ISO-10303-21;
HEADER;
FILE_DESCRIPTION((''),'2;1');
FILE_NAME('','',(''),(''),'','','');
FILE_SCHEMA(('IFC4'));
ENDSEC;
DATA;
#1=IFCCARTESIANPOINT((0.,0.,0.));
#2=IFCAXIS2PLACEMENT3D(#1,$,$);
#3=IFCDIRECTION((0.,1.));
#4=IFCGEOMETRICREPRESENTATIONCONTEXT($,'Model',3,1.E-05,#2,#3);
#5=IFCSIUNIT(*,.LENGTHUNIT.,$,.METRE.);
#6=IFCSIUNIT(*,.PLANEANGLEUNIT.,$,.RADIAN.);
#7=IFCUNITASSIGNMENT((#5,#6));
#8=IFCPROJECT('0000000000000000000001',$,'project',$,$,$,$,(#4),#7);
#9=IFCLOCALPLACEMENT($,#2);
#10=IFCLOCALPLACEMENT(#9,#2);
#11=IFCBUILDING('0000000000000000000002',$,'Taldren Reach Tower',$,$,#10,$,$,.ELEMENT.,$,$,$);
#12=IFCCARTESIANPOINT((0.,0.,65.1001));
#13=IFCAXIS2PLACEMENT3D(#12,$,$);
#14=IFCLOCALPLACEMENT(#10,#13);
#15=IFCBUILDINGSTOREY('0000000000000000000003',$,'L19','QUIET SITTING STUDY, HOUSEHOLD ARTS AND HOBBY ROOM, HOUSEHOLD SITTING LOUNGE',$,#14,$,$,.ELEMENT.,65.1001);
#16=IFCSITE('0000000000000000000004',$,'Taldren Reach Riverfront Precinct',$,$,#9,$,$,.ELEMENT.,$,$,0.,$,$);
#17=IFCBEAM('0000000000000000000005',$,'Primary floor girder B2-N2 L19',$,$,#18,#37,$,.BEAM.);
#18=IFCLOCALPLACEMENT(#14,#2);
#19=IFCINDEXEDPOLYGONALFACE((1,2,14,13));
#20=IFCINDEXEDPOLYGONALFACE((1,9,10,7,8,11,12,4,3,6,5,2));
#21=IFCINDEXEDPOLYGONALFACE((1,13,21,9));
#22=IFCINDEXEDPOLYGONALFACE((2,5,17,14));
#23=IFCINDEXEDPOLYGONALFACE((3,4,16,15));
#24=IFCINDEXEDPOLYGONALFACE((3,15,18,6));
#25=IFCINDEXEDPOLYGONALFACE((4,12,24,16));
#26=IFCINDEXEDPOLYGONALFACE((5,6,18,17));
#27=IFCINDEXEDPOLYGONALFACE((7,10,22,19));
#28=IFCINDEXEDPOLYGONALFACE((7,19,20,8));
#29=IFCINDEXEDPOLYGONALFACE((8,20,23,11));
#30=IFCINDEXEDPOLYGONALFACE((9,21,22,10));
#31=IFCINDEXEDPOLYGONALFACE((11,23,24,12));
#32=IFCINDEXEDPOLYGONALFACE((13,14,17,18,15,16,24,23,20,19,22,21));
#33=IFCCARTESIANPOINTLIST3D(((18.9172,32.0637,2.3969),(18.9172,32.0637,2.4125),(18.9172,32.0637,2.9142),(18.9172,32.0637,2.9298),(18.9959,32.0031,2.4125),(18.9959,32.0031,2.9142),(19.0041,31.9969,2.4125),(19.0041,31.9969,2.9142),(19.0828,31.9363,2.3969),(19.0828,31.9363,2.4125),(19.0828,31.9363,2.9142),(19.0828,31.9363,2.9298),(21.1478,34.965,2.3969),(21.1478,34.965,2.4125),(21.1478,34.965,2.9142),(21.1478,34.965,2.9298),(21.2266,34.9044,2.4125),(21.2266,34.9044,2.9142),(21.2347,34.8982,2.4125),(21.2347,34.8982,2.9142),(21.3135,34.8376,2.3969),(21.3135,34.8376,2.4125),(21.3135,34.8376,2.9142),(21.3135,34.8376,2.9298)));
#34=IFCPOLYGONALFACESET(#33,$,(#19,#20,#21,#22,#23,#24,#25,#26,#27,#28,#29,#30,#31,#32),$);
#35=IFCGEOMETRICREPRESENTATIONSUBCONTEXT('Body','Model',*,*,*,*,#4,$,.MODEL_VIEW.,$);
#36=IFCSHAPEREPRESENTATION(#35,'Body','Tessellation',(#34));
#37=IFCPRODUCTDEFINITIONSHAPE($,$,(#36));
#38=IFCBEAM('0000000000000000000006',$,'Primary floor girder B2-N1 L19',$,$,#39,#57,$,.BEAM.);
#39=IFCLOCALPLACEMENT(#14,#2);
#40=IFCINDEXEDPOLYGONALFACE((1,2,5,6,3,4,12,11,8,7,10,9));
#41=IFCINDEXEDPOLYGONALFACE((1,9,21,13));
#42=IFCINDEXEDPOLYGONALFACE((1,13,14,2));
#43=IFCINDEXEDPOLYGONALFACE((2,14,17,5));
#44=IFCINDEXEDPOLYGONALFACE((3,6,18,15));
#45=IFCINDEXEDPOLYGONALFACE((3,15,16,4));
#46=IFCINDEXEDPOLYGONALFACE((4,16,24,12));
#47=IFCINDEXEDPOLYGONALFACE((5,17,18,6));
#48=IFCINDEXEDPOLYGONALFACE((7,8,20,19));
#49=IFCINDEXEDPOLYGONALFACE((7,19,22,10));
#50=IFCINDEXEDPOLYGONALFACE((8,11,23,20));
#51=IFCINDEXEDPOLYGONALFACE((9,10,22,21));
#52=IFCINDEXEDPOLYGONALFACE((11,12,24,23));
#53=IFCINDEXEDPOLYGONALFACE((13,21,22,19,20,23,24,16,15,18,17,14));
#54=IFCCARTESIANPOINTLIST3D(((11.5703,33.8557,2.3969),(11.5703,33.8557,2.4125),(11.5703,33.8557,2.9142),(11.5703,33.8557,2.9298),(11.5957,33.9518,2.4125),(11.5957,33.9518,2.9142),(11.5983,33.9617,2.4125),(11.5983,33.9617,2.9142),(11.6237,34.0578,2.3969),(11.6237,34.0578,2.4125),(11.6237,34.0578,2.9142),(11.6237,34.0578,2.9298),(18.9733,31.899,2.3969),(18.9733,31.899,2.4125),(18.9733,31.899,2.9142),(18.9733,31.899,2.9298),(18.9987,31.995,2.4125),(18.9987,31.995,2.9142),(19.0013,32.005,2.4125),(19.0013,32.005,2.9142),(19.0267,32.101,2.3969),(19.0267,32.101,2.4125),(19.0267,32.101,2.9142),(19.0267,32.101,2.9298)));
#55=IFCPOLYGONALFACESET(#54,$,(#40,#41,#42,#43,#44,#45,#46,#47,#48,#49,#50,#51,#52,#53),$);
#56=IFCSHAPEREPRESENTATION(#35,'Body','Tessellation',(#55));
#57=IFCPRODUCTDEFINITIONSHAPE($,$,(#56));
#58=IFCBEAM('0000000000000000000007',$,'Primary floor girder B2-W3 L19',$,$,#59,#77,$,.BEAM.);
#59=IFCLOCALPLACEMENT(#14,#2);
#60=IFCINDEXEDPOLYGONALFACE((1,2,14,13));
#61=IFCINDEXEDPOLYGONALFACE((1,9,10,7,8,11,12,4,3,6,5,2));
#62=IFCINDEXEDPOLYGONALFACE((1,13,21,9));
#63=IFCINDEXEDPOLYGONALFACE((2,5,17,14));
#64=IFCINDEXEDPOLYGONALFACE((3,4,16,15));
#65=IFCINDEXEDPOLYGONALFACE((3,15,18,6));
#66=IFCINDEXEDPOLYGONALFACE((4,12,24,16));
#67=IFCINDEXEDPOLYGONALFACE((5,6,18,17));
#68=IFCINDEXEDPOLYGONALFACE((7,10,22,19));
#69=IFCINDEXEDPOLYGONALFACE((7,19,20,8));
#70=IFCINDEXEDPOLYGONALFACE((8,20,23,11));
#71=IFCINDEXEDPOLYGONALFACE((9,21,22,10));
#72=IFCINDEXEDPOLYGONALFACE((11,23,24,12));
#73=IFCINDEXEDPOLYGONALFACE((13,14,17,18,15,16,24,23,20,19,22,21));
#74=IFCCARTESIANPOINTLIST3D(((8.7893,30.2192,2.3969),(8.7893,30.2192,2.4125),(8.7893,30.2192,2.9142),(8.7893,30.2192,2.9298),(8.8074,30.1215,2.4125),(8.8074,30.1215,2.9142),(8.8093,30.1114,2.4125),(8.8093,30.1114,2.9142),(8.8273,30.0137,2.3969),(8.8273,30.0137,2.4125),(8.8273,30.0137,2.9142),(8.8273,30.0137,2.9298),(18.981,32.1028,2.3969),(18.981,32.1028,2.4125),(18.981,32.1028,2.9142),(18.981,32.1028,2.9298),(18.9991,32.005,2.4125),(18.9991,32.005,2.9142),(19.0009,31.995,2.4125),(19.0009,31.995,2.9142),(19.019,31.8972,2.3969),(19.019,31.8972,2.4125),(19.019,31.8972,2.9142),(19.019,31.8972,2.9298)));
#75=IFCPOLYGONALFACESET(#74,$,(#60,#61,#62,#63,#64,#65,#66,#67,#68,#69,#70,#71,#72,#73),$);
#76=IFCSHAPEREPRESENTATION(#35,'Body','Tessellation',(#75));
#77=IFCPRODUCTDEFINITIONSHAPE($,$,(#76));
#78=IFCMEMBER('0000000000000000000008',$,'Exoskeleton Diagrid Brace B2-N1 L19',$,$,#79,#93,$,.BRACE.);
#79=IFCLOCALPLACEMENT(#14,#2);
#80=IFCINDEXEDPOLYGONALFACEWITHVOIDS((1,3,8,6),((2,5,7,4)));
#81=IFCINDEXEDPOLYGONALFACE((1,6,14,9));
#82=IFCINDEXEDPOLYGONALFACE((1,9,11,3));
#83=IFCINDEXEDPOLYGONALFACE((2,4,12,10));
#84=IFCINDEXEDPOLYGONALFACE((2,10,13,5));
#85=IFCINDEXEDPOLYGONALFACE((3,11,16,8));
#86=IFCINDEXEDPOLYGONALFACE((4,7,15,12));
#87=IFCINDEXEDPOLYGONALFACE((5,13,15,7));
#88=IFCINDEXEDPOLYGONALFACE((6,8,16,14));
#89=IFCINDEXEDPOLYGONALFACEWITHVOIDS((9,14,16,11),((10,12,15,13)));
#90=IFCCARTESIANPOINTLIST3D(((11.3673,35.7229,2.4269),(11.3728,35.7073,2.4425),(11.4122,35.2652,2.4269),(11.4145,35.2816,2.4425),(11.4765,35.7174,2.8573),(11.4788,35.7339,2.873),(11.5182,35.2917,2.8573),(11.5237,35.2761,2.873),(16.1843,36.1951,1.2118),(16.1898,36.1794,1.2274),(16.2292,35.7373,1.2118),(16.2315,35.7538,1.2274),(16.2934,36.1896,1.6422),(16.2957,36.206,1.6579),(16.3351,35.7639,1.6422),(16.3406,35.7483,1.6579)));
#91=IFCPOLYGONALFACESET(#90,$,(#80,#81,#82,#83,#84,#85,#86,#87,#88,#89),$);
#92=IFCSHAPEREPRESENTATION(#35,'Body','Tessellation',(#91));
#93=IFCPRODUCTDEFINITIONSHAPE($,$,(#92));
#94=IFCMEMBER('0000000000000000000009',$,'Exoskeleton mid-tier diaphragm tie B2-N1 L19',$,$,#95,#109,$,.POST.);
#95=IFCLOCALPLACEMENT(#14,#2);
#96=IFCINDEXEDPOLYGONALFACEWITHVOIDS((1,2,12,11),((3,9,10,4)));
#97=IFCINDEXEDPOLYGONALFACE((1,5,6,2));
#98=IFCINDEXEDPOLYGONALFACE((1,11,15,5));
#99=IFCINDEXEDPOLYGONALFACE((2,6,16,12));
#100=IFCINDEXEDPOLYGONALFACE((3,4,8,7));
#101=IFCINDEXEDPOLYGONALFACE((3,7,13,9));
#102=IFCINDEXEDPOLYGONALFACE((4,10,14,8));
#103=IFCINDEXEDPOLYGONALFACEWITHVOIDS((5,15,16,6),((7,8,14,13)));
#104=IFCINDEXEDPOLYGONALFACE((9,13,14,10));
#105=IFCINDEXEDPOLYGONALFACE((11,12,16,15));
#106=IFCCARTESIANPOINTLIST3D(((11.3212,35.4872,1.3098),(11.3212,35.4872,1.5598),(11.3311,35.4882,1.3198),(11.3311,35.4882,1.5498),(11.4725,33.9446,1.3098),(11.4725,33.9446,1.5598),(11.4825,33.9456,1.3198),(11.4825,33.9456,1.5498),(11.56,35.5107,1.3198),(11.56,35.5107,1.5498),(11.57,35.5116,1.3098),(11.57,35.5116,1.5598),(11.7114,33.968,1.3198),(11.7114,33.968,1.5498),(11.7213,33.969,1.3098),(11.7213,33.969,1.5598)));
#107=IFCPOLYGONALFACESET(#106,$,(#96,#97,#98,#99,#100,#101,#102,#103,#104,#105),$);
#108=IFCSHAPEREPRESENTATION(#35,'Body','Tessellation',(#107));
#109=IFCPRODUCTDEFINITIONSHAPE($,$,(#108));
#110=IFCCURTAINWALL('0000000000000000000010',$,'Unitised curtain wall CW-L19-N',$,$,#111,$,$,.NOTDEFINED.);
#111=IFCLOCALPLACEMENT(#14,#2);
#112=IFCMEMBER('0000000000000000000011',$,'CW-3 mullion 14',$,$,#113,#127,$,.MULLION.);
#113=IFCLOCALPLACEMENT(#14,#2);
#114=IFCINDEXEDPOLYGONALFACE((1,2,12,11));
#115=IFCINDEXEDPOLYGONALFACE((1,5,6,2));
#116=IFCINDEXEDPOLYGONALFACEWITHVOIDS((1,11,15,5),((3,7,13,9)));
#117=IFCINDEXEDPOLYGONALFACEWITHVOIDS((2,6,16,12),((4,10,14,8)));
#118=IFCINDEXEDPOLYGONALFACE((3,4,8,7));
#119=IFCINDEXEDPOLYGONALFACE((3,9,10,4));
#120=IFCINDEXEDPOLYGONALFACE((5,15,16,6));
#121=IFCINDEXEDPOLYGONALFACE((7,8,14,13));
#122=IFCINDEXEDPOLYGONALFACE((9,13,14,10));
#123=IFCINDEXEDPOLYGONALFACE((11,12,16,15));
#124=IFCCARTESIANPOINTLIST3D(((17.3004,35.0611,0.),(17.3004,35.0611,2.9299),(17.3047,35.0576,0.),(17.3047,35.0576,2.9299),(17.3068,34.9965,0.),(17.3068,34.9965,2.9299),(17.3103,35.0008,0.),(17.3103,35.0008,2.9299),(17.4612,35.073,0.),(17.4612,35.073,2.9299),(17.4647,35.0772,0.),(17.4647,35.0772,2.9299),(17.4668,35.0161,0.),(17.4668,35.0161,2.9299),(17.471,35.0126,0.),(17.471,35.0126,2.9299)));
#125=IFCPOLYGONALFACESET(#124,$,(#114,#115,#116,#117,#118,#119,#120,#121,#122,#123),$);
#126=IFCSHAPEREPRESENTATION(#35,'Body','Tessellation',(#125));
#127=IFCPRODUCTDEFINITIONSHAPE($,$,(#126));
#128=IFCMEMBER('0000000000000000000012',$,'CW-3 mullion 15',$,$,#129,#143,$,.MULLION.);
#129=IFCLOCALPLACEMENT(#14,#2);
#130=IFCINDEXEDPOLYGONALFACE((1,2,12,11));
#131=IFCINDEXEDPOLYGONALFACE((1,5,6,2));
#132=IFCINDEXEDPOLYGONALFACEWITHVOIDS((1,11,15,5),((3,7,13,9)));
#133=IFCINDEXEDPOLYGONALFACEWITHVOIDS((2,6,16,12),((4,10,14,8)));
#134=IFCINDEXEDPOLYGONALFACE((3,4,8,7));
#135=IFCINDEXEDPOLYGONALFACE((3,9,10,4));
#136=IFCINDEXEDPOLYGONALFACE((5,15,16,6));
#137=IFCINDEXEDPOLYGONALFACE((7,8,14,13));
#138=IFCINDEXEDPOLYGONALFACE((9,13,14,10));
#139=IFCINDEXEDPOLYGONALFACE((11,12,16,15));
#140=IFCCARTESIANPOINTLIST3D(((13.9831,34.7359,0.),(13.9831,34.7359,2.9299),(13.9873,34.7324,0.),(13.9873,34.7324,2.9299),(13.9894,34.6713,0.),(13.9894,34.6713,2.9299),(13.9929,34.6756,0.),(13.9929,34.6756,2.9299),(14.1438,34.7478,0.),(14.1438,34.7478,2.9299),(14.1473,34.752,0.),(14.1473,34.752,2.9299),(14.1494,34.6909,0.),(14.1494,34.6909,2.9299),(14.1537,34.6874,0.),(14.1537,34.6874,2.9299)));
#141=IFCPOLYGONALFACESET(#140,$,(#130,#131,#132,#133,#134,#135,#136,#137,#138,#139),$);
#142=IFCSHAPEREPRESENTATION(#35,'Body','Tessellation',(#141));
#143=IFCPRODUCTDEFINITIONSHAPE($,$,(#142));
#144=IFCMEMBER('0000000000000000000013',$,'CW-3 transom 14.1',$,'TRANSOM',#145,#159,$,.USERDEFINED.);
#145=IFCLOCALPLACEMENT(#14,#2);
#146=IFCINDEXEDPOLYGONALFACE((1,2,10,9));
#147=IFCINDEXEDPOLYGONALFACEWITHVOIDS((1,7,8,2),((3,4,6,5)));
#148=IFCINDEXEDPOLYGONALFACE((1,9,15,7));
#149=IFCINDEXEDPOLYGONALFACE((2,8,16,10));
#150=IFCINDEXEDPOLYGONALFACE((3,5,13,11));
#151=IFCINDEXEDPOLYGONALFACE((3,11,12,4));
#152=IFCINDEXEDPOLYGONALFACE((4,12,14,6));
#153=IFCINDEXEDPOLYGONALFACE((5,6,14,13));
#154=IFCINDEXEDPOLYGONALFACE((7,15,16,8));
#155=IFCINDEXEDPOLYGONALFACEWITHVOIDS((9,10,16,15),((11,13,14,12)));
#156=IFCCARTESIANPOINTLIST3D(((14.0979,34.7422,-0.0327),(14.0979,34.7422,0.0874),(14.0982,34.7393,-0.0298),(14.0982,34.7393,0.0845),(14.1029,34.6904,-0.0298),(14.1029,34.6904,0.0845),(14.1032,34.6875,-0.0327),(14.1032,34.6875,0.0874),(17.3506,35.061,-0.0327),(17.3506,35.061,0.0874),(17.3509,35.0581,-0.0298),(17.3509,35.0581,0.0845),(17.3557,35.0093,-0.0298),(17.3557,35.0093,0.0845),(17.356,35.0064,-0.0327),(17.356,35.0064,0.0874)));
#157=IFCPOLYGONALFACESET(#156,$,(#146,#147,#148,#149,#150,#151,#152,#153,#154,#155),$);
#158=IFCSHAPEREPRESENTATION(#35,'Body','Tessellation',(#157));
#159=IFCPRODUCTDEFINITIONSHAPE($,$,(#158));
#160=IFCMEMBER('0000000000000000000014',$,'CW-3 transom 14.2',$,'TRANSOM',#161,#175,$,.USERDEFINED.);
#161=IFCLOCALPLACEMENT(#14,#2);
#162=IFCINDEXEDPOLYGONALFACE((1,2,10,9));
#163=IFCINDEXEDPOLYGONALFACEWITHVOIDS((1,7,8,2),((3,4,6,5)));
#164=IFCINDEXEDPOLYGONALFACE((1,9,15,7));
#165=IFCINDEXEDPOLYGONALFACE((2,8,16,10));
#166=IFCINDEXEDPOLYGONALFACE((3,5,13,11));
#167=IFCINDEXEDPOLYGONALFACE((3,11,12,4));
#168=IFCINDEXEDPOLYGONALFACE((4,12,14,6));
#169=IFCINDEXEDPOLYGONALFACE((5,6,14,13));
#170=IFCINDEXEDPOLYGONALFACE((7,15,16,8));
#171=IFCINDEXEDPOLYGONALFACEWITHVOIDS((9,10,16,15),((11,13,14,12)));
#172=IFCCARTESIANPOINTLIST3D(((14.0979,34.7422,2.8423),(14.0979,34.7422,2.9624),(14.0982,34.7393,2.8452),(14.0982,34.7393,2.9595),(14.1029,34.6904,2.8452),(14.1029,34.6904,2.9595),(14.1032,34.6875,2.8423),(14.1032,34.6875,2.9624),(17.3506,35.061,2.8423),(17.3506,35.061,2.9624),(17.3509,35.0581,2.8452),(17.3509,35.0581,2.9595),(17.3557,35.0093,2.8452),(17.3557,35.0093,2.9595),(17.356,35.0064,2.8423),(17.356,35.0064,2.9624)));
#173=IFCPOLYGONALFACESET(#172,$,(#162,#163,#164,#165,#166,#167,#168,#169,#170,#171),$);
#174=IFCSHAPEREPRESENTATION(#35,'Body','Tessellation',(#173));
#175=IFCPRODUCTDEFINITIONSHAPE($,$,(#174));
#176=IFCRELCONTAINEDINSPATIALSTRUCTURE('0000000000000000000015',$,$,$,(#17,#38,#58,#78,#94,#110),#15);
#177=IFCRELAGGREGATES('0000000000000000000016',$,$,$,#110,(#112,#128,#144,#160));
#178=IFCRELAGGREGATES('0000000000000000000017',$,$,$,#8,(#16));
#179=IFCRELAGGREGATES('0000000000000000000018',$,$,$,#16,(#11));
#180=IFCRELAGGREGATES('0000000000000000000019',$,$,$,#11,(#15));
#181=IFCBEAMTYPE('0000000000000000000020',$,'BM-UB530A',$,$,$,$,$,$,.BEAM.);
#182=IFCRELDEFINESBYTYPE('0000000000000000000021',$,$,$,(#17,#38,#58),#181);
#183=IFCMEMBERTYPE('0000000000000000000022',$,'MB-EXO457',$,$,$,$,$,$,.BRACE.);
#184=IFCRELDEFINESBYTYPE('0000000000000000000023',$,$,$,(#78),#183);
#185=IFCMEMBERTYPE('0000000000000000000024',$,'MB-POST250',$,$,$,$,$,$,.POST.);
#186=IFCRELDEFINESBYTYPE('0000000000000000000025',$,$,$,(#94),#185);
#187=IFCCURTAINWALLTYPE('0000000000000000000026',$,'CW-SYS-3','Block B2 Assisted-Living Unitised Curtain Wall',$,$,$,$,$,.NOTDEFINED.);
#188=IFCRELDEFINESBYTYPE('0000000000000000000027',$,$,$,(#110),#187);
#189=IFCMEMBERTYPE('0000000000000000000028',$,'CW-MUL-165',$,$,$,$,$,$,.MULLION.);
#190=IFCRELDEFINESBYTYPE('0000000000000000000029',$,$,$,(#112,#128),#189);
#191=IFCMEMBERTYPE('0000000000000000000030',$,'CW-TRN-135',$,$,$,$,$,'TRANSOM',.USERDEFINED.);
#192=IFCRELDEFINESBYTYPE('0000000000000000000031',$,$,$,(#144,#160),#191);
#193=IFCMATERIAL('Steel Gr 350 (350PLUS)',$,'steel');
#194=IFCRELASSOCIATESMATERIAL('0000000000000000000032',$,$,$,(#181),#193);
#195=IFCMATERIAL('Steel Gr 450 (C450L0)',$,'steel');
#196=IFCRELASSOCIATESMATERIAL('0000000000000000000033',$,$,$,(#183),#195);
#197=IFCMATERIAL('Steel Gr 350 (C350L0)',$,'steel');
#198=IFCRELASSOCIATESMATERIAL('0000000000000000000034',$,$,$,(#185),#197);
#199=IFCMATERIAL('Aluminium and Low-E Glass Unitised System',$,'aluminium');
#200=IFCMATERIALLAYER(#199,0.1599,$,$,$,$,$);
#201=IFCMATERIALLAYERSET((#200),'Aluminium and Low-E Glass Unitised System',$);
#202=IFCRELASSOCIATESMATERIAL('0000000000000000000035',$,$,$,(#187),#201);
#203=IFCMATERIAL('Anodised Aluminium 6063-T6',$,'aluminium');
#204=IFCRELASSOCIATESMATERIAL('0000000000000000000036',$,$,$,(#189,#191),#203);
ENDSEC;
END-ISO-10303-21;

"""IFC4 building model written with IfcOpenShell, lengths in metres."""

from ifc_helpers import new_model, si_unit, direction, frame, origin, origin_2d, place, context, subcontext, project, spatial, hollow_rectangle, i_section, extrude, source, transform, mapped, material, layer, layer_set, material_profile, profile_set, type_object, element, aggregate, save


model = new_model("IFC4")

# Units and contexts
model_context = context("Model", 3, precision=1e-05, world=origin(), true_north=direction((0.0, 1.0)))
body_context = subcontext(model_context, "Body", "Model", "MODEL_VIEW")
ifc_project = project(units=[si_unit("LENGTHUNIT", "METRE"), si_unit("PLANEANGLEUNIT", "RADIAN")], contexts=[model_context])

# Site, building, storey
site_placement = place(None, origin())
site = spatial("IfcSite", under=ifc_project, at=site_placement, Name="Taldren Reach Riverfront Precinct", CompositionType="ELEMENT", RefElevation=0.0)
building_placement = place(site_placement, origin())
building = spatial("IfcBuilding", under=site, at=building_placement, Name="Taldren Reach Tower", CompositionType="ELEMENT")
storey_placement = place(building_placement, frame((0.0, 0.0, 65.1001)))
storey = spatial("IfcBuildingStorey", under=building, at=storey_placement, Name="L19", Description="QUIET SITTING STUDY, HOUSEHOLD ARTS AND HOBBY ROOM, HOUSEHOLD SITTING LOUNGE", CompositionType="ELEMENT", Elevation=65.1001)

# Beams
ifc_material_1 = material(Name="Steel Gr 350 (350PLUS)", Category="steel")
ifc_material_profile_1 = material_profile(ifc_material_1, i_section(OverallWidth=0.209, OverallDepth=0.533, WebThickness=0.0103, FlangeThickness=0.0156, at=origin_2d()), Name="530UB92.4")
ifc_profile_set_1 = profile_set([ifc_material_profile_1], Name="Steel Gr 350 (350PLUS)")
beam_type = type_object("IfcBeamType", Name="BM-UB530A", PredefinedType="BEAM", material=ifc_profile_set_1)
shared_shape_1 = source(origin(), body_context, "Body", "SweptSolid", [
    extrude(i_section(OverallWidth=0.209, OverallDepth=0.533, WebThickness=0.0103, FlangeThickness=0.0156, at=origin_2d()), origin(), (0.0, 0.0, 1.0), 3.6597),
])
beam_1_placement = place(storey_placement, frame((19.0, 32.0, 2.6633), z_axis=(0.609521, 0.79277, 0.0), x_axis=(-0.79277, 0.609521, 0.0)))
element("IfcBeam", 1, at=beam_1_placement, inside=storey, type_object=beam_type, Name="Primary floor girder B2-N2 L19", PredefinedType="BEAM", context=body_context, shape_type="MappedRepresentation", body=[
    mapped(shared_shape_1, transform((0.0, 0.0, 0.0), scale=1.0)),
])
shared_shape_2 = source(origin(), body_context, "Body", "SweptSolid", [
    extrude(i_section(OverallWidth=0.209, OverallDepth=0.533, WebThickness=0.0103, FlangeThickness=0.0156, at=origin_2d()), origin(), (0.0, 0.0, 1.0), 7.6572),
])
beam_2_placement = place(storey_placement, frame((19.0, 32.0, 2.6633), z_axis=(-0.966797, 0.255545, 0.0), x_axis=(-0.255545, -0.966797, 0.0)))
element("IfcBeam", 2, at=beam_2_placement, inside=storey, type_object=beam_type, Name="Primary floor girder B2-N1 L19", PredefinedType="BEAM", context=body_context, shape_type="MappedRepresentation", body=[
    mapped(shared_shape_2, transform((0.0, 0.0, 0.0), scale=1.0)),
])
shared_shape_3 = source(origin(), body_context, "Body", "SweptSolid", [
    extrude(i_section(OverallWidth=0.209, OverallDepth=0.533, WebThickness=0.0103, FlangeThickness=0.0156, at=origin_2d()), origin(), (0.0, 0.0, 1.0), 10.3643),
])
beam_3_placement = place(storey_placement, frame((19.0, 32.0, 2.6633), z_axis=(-0.983348, -0.181735, 0.0), x_axis=(0.181735, -0.983348, 0.0)))
element("IfcBeam", 3, at=beam_3_placement, inside=storey, type_object=beam_type, Name="Primary floor girder B2-W3 L19", PredefinedType="BEAM", context=body_context, shape_type="MappedRepresentation", body=[
    mapped(shared_shape_3, transform((0.0, 0.0, 0.0), scale=1.0)),
])

# Members
ifc_material_2 = material(Name="Steel Gr 450 (C450L0)", Category="steel")
ifc_material_profile_2 = material_profile(ifc_material_2, hollow_rectangle(XDim=0.46, YDim=0.46, WallThickness=0.0161, at=origin_2d()), Name="460x460x16.0SHS")
ifc_profile_set_2 = profile_set([ifc_material_profile_2], Name="Steel Gr 450 (C450L0)")
member_type_1 = type_object("IfcMemberType", Name="MB-EXO457", PredefinedType="BRACE", material=ifc_profile_set_2)
shared_shape_4 = source(origin(), body_context, "Body", "SweptSolid", [
    extrude(hollow_rectangle(XDim=0.46, YDim=0.46, WallThickness=0.0161, at=origin_2d()), origin(), (0.0, 0.0, 1.0), 4.9902),
])
member_1_placement = place(storey_placement, frame((16.2625, 35.9717, 1.4348), z_axis=(-0.965276, -0.09462, 0.243496), x_axis=(0.097556, -0.99523, 0.0)))
element("IfcMember", 4, at=member_1_placement, inside=storey, type_object=member_type_1, Name="Exoskeleton Diagrid Brace B2-N1 L19", PredefinedType="BRACE", context=body_context, shape_type="MappedRepresentation", body=[
    mapped(shared_shape_4, transform((0.0, 0.0, 0.0), scale=1.0)),
])
ifc_material_3 = material(Name="Steel Gr 350 (C350L0)", Category="steel")
ifc_material_profile_3 = material_profile(ifc_material_3, hollow_rectangle(XDim=0.25, YDim=0.25, WallThickness=0.01, at=origin_2d()), Name="250x250x10.0SHS")
ifc_profile_set_3 = profile_set([ifc_material_profile_3], Name="Steel Gr 350 (C350L0)")
member_type_2 = type_object("IfcMemberType", Name="MB-POST250", PredefinedType="POST", material=ifc_profile_set_3)
shared_shape_5 = source(origin(), body_context, "Body", "SweptSolid", [
    extrude(hollow_rectangle(XDim=0.25, YDim=0.25, WallThickness=0.01, at=origin_2d()), origin(), (0.0, 0.0, 1.0), 1.55),
])
member_2_placement = place(storey_placement, frame((11.5969, 33.9568, 1.4348), z_axis=(-0.097648, 0.995221, 0.0), x_axis=(-0.995221, -0.097648, 0.0)))
element("IfcMember", 5, at=member_2_placement, inside=storey, type_object=member_type_2, Name="Exoskeleton mid-tier diaphragm tie B2-N1 L19", PredefinedType="POST", context=body_context, shape_type="MappedRepresentation", body=[
    mapped(shared_shape_5, transform((0.0, 0.0, 0.0), scale=1.0)),
])

# Curtain wall, members
ifc_material_4 = material(Name="Aluminium and Low-E Glass Unitised System", Category="aluminium")
ifc_layer_1 = layer(ifc_material_4, 0.1599)
ifc_layer_set_1 = layer_set([ifc_layer_1], Name="Aluminium and Low-E Glass Unitised System")
curtain_wall_type = type_object("IfcCurtainWallType", Name="CW-SYS-3", Description="Block B2 Assisted-Living Unitised Curtain Wall", PredefinedType="NOTDEFINED", material=ifc_layer_set_1)
curtain_wall_placement = place(storey_placement, origin())
curtain_wall = element("IfcCurtainWall", 6, at=curtain_wall_placement, inside=storey, type_object=curtain_wall_type, Name="Unitised curtain wall CW-L19-N", PredefinedType="NOTDEFINED")
ifc_material_5 = material(Name="Anodised Aluminium 6063-T6", Category="aluminium")
ifc_material_profile_4 = material_profile(ifc_material_5, hollow_rectangle(XDim=0.0649, YDim=0.165, WallThickness=0.0039, at=origin_2d()), Name="ALU-165x65x4RHS")
ifc_profile_set_4 = profile_set([ifc_material_profile_4], Name="Anodised Aluminium 6063-T6")
member_type_3 = type_object("IfcMemberType", Name="CW-MUL-165", PredefinedType="MULLION", material=ifc_profile_set_4)
shared_shape_6 = source(origin(), body_context, "Body", "SweptSolid", [
    extrude(hollow_rectangle(XDim=0.0649, YDim=0.165, WallThickness=0.0039, at=origin_2d()), origin(), (0.0, 0.0, 1.0), 2.9299),
])
member_3_placement = place(storey_placement, frame((17.3857, 35.0369, 0.0), z_axis=(0.0, 0.0, 1.0), x_axis=(0.097583, -0.995227, 0.0)))
member_3 = element("IfcMember", 7, at=member_3_placement, type_object=member_type_3, Name="CW-3 mullion 14", PredefinedType="MULLION", context=body_context, shape_type="MappedRepresentation", body=[
    mapped(shared_shape_6, transform((0.0, 0.0, 0.0), scale=1.0)),
])
member_4_placement = place(storey_placement, frame((14.0684, 34.7117, 0.0), z_axis=(0.0, 0.0, 1.0), x_axis=(0.097583, -0.995227, 0.0)))
member_4 = element("IfcMember", 8, at=member_4_placement, type_object=member_type_3, Name="CW-3 mullion 15", PredefinedType="MULLION", context=body_context, shape_type="MappedRepresentation", body=[
    mapped(shared_shape_6, transform((0.0, 0.0, 0.0), scale=1.0)),
])
ifc_material_profile_5 = material_profile(ifc_material_5, hollow_rectangle(XDim=0.0549, YDim=0.1201, WallThickness=0.0029, at=origin_2d()), Name="ALU-120x55x3RHS")
ifc_profile_set_5 = profile_set([ifc_material_profile_5], Name="Anodised Aluminium 6063-T6")
member_type_4 = type_object("IfcMemberType", Name="CW-TRN-135", ElementType="TRANSOM", PredefinedType="USERDEFINED", material=ifc_profile_set_5)
shared_shape_7 = source(origin(), body_context, "Body", "SweptSolid", [
    extrude(hollow_rectangle(XDim=0.0549, YDim=0.1201, WallThickness=0.0029, at=origin_2d()), origin(), (0.0, 0.0, 1.0), 3.2683),
])
member_5_placement = place(storey_placement, frame((17.3533, 35.0337, 0.0273), z_axis=(-0.99523, -0.097558, 0.0), x_axis=(0.097558, -0.99523, 0.0)))
member_5 = element("IfcMember", 9, at=member_5_placement, type_object=member_type_4, Name="CW-3 transom 14.1", ObjectType="TRANSOM", PredefinedType="USERDEFINED", context=body_context, shape_type="MappedRepresentation", body=[
    mapped(shared_shape_7, transform((0.0, 0.0, 0.0), scale=1.0)),
])
member_6_placement = place(storey_placement, frame((17.3533, 35.0337, 2.9023), z_axis=(-0.99523, -0.097558, 0.0), x_axis=(0.097558, -0.99523, 0.0)))
member_6 = element("IfcMember", 10, at=member_6_placement, type_object=member_type_4, Name="CW-3 transom 14.2", ObjectType="TRANSOM", PredefinedType="USERDEFINED", context=body_context, shape_type="MappedRepresentation", body=[
    mapped(shared_shape_7, transform((0.0, 0.0, 0.0), scale=1.0)),
])
aggregate(curtain_wall, [member_3, member_4, member_5, member_6])

save(model, "model.ifc")
